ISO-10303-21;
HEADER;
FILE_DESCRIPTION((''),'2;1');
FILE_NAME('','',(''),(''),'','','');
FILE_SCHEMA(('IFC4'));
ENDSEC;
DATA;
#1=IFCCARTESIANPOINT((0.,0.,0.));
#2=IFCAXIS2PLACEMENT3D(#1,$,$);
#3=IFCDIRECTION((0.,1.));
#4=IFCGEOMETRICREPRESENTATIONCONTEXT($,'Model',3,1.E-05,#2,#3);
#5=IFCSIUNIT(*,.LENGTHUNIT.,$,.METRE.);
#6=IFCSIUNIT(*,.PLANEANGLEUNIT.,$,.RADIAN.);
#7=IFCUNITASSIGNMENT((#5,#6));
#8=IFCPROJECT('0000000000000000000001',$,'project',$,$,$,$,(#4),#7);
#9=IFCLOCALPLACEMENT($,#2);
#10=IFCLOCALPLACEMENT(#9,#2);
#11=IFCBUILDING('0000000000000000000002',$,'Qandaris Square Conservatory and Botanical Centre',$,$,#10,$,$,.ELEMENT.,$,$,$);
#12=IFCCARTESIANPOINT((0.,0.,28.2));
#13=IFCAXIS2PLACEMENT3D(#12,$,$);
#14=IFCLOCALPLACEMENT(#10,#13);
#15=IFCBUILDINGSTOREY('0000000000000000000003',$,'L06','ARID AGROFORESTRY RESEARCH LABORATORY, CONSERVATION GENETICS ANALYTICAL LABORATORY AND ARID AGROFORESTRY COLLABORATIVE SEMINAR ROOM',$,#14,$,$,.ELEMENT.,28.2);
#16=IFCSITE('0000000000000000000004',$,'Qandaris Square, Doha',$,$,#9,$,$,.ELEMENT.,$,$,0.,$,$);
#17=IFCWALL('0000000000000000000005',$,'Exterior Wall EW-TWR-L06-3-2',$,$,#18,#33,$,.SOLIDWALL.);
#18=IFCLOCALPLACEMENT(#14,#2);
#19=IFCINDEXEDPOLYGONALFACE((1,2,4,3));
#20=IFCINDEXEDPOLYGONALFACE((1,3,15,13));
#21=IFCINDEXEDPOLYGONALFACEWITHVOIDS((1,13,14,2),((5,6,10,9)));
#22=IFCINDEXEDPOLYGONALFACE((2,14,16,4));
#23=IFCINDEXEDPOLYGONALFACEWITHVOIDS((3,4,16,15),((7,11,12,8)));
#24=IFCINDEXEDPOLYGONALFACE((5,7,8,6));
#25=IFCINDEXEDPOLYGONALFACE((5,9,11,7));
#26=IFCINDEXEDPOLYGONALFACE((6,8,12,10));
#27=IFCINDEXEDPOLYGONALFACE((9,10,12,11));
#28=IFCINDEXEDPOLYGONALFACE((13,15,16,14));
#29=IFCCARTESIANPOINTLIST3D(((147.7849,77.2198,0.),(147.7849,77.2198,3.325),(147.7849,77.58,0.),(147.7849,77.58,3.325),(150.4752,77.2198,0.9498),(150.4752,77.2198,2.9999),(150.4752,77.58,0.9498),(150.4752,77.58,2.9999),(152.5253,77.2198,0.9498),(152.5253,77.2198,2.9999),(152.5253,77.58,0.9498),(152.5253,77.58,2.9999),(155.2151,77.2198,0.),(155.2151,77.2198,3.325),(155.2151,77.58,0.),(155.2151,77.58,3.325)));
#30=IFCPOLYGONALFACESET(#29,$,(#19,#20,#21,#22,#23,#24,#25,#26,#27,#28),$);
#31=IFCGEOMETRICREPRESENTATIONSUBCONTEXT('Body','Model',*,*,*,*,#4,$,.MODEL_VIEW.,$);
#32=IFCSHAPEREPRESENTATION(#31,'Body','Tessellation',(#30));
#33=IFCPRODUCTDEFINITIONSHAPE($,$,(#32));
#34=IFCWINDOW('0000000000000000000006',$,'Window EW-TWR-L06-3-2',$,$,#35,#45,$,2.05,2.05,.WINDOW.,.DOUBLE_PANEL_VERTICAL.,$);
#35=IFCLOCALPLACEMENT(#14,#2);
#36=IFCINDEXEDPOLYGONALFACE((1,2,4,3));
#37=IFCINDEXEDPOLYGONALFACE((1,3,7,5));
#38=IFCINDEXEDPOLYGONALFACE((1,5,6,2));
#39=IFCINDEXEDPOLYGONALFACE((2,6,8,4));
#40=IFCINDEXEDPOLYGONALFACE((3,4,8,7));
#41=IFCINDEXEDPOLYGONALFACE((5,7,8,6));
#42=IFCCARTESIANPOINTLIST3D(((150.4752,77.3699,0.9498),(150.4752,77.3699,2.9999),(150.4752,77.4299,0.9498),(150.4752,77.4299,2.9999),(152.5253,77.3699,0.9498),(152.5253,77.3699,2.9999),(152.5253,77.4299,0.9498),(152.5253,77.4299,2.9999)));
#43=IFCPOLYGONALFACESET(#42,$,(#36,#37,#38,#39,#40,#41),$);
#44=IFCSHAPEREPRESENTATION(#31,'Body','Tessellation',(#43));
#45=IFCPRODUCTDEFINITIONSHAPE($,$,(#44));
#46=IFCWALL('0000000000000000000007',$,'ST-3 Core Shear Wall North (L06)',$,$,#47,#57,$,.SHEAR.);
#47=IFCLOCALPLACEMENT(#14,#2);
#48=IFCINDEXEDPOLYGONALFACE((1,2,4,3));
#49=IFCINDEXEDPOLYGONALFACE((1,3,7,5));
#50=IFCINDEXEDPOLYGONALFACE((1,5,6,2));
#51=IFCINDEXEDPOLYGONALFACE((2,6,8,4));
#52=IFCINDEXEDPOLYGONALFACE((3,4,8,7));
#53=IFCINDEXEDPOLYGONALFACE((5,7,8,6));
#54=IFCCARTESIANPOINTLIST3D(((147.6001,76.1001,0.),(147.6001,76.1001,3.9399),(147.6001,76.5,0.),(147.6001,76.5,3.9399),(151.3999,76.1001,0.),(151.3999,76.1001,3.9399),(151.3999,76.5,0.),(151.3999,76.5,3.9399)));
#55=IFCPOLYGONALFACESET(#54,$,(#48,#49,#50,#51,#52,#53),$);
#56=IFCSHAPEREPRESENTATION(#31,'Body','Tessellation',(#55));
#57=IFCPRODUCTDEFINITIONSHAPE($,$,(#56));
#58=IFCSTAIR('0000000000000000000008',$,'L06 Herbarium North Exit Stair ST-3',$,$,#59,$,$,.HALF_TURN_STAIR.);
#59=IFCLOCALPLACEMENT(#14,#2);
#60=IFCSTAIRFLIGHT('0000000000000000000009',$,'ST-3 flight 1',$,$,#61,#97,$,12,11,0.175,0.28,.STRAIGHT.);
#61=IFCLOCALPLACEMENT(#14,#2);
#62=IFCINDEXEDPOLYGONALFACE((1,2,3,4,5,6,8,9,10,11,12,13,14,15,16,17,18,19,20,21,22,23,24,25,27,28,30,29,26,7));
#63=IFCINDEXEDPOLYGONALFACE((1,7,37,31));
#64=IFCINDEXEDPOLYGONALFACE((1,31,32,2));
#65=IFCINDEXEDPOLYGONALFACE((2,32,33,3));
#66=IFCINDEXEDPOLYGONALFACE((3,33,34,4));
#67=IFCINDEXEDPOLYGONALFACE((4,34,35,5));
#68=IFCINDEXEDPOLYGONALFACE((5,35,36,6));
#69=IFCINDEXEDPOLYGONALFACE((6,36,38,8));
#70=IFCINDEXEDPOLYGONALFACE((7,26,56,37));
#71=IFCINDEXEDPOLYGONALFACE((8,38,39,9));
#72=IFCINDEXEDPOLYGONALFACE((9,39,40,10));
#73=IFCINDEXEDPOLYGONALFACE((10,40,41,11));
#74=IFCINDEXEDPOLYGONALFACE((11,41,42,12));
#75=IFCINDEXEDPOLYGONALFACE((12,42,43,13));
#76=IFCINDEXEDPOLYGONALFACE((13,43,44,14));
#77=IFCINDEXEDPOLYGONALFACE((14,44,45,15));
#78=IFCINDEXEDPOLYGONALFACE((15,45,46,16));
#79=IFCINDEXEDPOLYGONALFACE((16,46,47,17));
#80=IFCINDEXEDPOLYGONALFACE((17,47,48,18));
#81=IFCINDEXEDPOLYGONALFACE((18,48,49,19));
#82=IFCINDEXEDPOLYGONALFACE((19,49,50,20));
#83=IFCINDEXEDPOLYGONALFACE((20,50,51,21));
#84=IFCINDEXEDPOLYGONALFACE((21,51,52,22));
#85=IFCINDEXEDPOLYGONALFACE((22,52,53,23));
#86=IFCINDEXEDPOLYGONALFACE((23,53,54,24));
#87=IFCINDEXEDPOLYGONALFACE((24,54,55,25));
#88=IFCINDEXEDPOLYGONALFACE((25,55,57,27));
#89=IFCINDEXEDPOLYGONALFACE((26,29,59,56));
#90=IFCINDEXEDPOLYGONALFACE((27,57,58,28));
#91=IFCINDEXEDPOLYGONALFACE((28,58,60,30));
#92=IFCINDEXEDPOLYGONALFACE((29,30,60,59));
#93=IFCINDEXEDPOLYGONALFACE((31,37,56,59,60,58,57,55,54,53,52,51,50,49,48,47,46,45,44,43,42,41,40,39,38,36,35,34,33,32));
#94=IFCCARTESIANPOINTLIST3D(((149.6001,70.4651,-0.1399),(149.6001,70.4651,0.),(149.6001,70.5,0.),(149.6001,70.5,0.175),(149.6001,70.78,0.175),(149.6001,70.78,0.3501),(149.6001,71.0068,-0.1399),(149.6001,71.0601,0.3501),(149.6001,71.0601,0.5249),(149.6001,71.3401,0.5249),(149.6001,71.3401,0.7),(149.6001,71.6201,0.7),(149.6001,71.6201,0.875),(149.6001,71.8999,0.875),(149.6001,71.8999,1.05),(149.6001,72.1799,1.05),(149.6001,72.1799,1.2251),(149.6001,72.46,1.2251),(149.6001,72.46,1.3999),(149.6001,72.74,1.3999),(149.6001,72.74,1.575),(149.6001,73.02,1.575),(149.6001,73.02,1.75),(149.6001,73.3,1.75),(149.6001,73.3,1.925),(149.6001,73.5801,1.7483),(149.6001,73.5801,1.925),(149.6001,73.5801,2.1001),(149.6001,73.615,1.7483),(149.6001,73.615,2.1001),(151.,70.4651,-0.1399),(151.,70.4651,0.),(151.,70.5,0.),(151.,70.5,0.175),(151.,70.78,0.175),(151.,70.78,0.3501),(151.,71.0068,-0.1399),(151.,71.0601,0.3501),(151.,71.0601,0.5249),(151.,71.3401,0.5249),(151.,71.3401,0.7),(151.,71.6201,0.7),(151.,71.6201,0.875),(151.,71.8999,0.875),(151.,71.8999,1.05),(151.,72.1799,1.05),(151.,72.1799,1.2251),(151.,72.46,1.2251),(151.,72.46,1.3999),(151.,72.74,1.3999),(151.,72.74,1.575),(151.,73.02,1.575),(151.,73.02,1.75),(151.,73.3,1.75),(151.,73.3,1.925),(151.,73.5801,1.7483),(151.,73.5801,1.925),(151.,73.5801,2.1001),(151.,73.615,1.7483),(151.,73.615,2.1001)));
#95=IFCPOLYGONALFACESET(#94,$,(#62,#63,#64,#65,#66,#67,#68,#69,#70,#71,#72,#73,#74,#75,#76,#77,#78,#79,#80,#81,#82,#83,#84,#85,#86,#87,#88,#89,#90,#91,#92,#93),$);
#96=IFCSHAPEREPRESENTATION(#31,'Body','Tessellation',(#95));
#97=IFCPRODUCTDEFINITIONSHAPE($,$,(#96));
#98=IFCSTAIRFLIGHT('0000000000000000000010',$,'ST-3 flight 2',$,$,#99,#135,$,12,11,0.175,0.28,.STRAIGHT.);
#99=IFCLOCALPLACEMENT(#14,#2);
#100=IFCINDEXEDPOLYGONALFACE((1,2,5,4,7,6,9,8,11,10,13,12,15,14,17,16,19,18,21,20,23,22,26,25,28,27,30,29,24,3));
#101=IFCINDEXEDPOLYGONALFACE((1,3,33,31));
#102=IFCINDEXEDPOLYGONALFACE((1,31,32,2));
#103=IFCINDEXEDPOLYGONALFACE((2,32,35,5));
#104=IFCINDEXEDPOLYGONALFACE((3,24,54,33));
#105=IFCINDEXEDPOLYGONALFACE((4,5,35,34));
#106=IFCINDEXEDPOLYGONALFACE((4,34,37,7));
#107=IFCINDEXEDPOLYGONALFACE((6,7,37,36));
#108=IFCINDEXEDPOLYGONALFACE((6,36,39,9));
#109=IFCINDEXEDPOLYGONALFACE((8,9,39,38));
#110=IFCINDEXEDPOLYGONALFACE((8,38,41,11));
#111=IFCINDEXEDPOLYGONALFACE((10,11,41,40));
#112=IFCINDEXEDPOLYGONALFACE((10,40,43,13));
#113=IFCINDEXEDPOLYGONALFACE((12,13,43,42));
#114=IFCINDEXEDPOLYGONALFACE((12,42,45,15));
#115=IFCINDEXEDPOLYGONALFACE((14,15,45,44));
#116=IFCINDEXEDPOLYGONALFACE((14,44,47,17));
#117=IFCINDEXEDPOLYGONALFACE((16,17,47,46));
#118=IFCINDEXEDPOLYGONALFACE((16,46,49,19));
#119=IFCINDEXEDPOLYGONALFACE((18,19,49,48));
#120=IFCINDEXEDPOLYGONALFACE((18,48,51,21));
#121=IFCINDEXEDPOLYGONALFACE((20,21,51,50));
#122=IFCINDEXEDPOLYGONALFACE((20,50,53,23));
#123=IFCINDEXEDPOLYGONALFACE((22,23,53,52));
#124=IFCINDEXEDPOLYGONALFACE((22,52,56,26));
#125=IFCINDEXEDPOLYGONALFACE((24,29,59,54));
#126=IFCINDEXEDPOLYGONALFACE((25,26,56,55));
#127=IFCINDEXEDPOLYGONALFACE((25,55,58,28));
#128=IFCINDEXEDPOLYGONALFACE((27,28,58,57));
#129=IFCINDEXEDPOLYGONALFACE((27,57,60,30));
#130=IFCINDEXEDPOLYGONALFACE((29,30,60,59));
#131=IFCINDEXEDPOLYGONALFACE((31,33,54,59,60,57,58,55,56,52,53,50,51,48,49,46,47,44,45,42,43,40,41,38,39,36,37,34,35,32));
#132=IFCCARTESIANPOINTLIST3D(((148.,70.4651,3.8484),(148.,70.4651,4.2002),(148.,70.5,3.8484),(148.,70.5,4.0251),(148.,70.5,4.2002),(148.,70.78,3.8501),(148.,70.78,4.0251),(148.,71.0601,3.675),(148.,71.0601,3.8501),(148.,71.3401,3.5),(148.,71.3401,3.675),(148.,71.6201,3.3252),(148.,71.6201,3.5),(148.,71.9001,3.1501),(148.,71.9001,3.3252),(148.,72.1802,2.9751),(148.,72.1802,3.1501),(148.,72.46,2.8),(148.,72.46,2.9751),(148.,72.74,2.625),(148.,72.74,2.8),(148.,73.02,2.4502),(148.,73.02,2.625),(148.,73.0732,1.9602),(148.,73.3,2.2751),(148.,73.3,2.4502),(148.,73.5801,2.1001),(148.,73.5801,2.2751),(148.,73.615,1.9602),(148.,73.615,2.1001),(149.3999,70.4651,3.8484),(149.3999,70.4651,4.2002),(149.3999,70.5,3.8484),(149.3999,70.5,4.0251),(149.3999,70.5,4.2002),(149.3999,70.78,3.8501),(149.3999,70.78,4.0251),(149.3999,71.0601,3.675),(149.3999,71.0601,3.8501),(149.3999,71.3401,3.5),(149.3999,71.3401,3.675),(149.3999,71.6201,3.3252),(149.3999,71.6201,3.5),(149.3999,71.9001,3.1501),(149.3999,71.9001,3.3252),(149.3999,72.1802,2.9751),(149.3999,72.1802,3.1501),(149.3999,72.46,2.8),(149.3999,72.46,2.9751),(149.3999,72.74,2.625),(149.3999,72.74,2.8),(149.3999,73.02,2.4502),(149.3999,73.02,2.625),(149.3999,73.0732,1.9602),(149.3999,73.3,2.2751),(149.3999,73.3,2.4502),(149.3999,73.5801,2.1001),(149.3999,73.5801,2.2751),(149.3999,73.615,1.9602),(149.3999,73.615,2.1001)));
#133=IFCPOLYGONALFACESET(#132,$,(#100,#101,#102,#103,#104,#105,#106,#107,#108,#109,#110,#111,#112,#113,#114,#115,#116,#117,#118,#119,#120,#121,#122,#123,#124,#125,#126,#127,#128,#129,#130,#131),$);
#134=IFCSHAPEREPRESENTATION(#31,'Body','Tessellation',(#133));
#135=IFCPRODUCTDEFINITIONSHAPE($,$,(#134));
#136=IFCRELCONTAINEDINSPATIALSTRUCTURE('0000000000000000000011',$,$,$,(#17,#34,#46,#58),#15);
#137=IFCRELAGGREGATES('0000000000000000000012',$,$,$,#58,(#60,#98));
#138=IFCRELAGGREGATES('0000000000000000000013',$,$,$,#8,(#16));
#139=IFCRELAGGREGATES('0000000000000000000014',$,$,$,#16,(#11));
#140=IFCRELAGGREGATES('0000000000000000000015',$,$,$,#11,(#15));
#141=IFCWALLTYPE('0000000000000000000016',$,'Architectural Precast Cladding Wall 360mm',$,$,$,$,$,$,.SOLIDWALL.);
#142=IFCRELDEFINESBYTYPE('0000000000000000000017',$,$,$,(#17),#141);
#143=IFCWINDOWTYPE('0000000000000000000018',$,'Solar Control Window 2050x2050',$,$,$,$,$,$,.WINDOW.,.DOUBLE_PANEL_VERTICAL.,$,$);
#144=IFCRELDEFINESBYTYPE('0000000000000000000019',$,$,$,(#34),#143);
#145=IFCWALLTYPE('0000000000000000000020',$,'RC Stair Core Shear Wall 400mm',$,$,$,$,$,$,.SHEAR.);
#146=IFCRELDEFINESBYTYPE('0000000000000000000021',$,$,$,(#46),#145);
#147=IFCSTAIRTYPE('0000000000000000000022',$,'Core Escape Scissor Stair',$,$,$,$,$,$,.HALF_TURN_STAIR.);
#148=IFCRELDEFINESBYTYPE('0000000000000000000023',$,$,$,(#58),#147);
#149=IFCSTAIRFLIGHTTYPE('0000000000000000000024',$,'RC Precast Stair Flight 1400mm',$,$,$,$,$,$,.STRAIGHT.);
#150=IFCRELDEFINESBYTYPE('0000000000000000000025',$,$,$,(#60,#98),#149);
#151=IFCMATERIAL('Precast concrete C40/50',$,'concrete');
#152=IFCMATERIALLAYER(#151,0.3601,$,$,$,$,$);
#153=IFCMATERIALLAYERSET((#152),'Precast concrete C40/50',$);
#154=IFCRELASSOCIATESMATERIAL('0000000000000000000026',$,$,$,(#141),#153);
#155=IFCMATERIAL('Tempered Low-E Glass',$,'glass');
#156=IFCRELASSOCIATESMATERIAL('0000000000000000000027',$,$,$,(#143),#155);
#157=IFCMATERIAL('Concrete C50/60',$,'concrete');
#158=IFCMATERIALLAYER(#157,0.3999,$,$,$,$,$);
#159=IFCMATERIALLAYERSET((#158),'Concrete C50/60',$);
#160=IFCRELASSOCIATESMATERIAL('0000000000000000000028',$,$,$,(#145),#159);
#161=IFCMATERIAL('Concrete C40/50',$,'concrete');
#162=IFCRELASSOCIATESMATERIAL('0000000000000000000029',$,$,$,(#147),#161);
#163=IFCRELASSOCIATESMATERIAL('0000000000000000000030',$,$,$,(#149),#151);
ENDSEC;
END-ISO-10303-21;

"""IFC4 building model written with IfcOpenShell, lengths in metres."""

from ifc_helpers import new_model, si_unit, direction, frame, frame_2d, origin, place, context, subcontext, project, spatial, polyline, rectangle, outline, extrude, material, layer, layer_set, type_object, element, fill, aggregate, save


model = new_model("IFC4")

# Units and contexts
model_context = context("Model", 3, precision=1e-05, world=origin(), true_north=direction((0.0, 1.0)))
body_context = subcontext(model_context, "Body", "Model", "MODEL_VIEW")
ifc_project = project(units=[si_unit("LENGTHUNIT", "METRE"), si_unit("PLANEANGLEUNIT", "RADIAN")], contexts=[model_context])

# Site, building, storey
site_placement = place(None, origin())
site = spatial("IfcSite", under=ifc_project, at=site_placement, Name="Qandaris Square, Doha", CompositionType="ELEMENT", RefElevation=0.0)
building_placement = place(site_placement, origin())
building = spatial("IfcBuilding", under=site, at=building_placement, Name="Qandaris Square Conservatory and Botanical Centre", CompositionType="ELEMENT")
storey_placement = place(building_placement, frame((0.0, 0.0, 28.2)))
storey = spatial("IfcBuildingStorey", under=building, at=storey_placement, Name="L06", Description="ARID AGROFORESTRY RESEARCH LABORATORY, CONSERVATION GENETICS ANALYTICAL LABORATORY AND ARID AGROFORESTRY COLLABORATIVE SEMINAR ROOM", CompositionType="ELEMENT", Elevation=28.2)

# Shared definitions
ifc_material_1 = material(Name="Concrete C50/60", Category="concrete")

# Shared definitions
ifc_material_2 = material(Name="Tempered Low-E Glass", Category="glass")

# Wall, opening, window
ifc_material_3 = material(Name="Precast concrete C40/50", Category="concrete")
ifc_layer_1 = layer(ifc_material_3, 0.3601)
ifc_layer_set_1 = layer_set([ifc_layer_1], Name="Precast concrete C40/50")
wall_type_1 = type_object("IfcWallType", Name="Architectural Precast Cladding Wall 360mm", PredefinedType="SOLIDWALL", material=ifc_layer_set_1)
wall_1_placement = place(storey_placement, frame((155.2151, 77.3999, 0.0), z_axis=(0.0, 0.0, 1.0), x_axis=(-1.0, 0.0, 0.0)))
wall_1 = element("IfcWall", 1, at=wall_1_placement, inside=storey, type_object=wall_type_1, Name="Exterior Wall EW-TWR-L06-3-2", PredefinedType="SOLIDWALL", context=body_context, shape_type="SweptSolid", body=[
    extrude(rectangle(XDim=7.4302, YDim=0.3601, at=frame_2d((3.7151, 0.0))), origin(), (0.0, 0.0, 1.0), 3.325),
])
opening_placement = place(wall_1_placement, frame((2.6899, 0.0, 0.95)))
opening = element("IfcOpeningElement", 2, at=opening_placement, cuts=wall_1, PredefinedType="OPENING", context=body_context, shape_type="SweptSolid", body=[
    extrude(rectangle(XDim=2.05, YDim=2.05, at=frame_2d((1.0249, 1.0249))), frame((0.0, 0.1919, 0.0), z_axis=(0.0, -1.0, 0.0), x_axis=(1.0, 0.0, 0.0)), (0.0, 0.0, 1.0), 0.384),
])
window_type = type_object("IfcWindowType", Name="Solar Control Window 2050x2050", PartitioningType="DOUBLE_PANEL_VERTICAL", PredefinedType="WINDOW", material=ifc_material_2)
window_placement = place(opening_placement, origin())
window = element("IfcWindow", 3, at=window_placement, inside=storey, type_object=window_type, Name="Window EW-TWR-L06-3-2", OverallHeight=2.05, OverallWidth=2.05, PartitioningType="DOUBLE_PANEL_VERTICAL", PredefinedType="WINDOW", context=body_context, shape_type="SweptSolid", body=[
    extrude(rectangle(XDim=2.05, YDim=2.05, at=frame_2d((1.0249, 1.0249))), frame((0.0, 0.03, 0.0), z_axis=(0.0, -1.0, 0.0), x_axis=(1.0, 0.0, 0.0)), (0.0, 0.0, 1.0), 0.0601),
])
fill(opening, window)

# Wall
ifc_layer_2 = layer(ifc_material_1, 0.3999)
ifc_layer_set_2 = layer_set([ifc_layer_2], Name="Concrete C50/60")
wall_type_2 = type_object("IfcWallType", Name="RC Stair Core Shear Wall 400mm", PredefinedType="SHEAR", material=ifc_layer_set_2)
wall_2_placement = place(storey_placement, frame((147.6001, 76.3, 0.0), z_axis=(0.0, 0.0, 1.0), x_axis=(1.0, 0.0, 0.0)))
element("IfcWall", 4, at=wall_2_placement, inside=storey, type_object=wall_type_2, Name="ST-3 Core Shear Wall North (L06)", PredefinedType="SHEAR", context=body_context, shape_type="SweptSolid", body=[
    extrude(rectangle(XDim=3.7998, YDim=0.3999, at=frame_2d((1.8999, 0.0))), origin(), (0.0, 0.0, 1.0), 3.9399),
])

# Stair, stair flights
ifc_material_4 = material(Name="Concrete C40/50", Category="concrete")
stair_type = type_object("IfcStairType", Name="Core Escape Scissor Stair", PredefinedType="HALF_TURN_STAIR", material=ifc_material_4)
stair_placement = place(storey_placement, origin())
stair = element("IfcStair", 5, at=stair_placement, inside=storey, type_object=stair_type, Name="L06 Herbarium North Exit Stair ST-3", PredefinedType="HALF_TURN_STAIR")
stair_flight_type = type_object("IfcStairFlightType", Name="RC Precast Stair Flight 1400mm", PredefinedType="STRAIGHT", material=ifc_material_3)
stair_flight_1_placement = place(storey_placement, frame((150.3, 70.5, 0.0), z_axis=(0.0, 0.0, 1.0), x_axis=(0.0, 1.0, 0.0)))
stair_flight_1 = element("IfcStairFlight", 6, at=stair_flight_1_placement, type_object=stair_flight_type, Name="ST-3 flight 1", NumberOfRisers=12, NumberOfTreads=11, PredefinedType="STRAIGHT", RiserHeight=0.175, TreadLength=0.28, context=body_context, shape_type="SweptSolid", body=[
    extrude(outline(polyline([(-0.0349, 0.0), (0.0, 0.0), (0.0, 0.175), (0.28, 0.175), (0.28, 0.3501), (0.5601, 0.3501), (0.5601, 0.5249), (0.8401, 0.5249), (0.8401, 0.7), (1.1201, 0.7), (1.1201, 0.875), (1.3999, 0.875), (1.3999, 1.05), (1.6799, 1.05), (1.6799, 1.2251), (1.96, 1.2251), (1.96, 1.3999), (2.24, 1.3999), (2.24, 1.575), (2.52, 1.575), (2.52, 1.75), (2.8, 1.75), (2.8, 1.925), (3.0801, 1.925), (3.0801, 2.1001), (3.115, 2.1001), (3.115, 1.7483), (3.0801, 1.7483), (0.5068, -0.1399), (-0.0349, -0.1399), (-0.0349, 0.0)])), frame((0.0, 0.7, 0.0), z_axis=(0.0, -1.0, 0.0), x_axis=(1.0, 0.0, 0.0)), (0.0, 0.0, 1.0), 1.3999),
])
stair_flight_2_placement = place(storey_placement, frame((148.7, 73.5801, 2.1001), z_axis=(0.0, 0.0, 1.0), x_axis=(0.0, -1.0, 0.0)))
stair_flight_2 = element("IfcStairFlight", 7, at=stair_flight_2_placement, type_object=stair_flight_type, Name="ST-3 flight 2", NumberOfRisers=12, NumberOfTreads=11, PredefinedType="STRAIGHT", RiserHeight=0.175, TreadLength=0.28, context=body_context, shape_type="SweptSolid", body=[
    extrude(outline(polyline([(-0.0349, 0.0), (0.0, 0.0), (0.0, 0.175), (0.28, 0.175), (0.28, 0.3501), (0.5601, 0.3501), (0.5601, 0.5249), (0.8401, 0.5249), (0.8401, 0.7), (1.1201, 0.7), (1.1201, 0.875), (1.3999, 0.875), (1.3999, 1.05), (1.6799, 1.05), (1.6799, 1.2251), (1.96, 1.2251), (1.96, 1.3999), (2.24, 1.3999), (2.24, 1.575), (2.52, 1.575), (2.52, 1.75), (2.8, 1.75), (2.8, 1.925), (3.0801, 1.925), (3.0801, 2.1001), (3.115, 2.1001), (3.115, 1.7483), (3.0801, 1.7483), (0.5068, -0.1399), (-0.0349, -0.1399), (-0.0349, 0.0)])), frame((0.0, 0.7, 0.0), z_axis=(0.0, -1.0, 0.0), x_axis=(1.0, 0.0, 0.0)), (0.0, 0.0, 1.0), 1.3999),
])
aggregate(stair, [stair_flight_1, stair_flight_2])

save(model, "model.ifc")
